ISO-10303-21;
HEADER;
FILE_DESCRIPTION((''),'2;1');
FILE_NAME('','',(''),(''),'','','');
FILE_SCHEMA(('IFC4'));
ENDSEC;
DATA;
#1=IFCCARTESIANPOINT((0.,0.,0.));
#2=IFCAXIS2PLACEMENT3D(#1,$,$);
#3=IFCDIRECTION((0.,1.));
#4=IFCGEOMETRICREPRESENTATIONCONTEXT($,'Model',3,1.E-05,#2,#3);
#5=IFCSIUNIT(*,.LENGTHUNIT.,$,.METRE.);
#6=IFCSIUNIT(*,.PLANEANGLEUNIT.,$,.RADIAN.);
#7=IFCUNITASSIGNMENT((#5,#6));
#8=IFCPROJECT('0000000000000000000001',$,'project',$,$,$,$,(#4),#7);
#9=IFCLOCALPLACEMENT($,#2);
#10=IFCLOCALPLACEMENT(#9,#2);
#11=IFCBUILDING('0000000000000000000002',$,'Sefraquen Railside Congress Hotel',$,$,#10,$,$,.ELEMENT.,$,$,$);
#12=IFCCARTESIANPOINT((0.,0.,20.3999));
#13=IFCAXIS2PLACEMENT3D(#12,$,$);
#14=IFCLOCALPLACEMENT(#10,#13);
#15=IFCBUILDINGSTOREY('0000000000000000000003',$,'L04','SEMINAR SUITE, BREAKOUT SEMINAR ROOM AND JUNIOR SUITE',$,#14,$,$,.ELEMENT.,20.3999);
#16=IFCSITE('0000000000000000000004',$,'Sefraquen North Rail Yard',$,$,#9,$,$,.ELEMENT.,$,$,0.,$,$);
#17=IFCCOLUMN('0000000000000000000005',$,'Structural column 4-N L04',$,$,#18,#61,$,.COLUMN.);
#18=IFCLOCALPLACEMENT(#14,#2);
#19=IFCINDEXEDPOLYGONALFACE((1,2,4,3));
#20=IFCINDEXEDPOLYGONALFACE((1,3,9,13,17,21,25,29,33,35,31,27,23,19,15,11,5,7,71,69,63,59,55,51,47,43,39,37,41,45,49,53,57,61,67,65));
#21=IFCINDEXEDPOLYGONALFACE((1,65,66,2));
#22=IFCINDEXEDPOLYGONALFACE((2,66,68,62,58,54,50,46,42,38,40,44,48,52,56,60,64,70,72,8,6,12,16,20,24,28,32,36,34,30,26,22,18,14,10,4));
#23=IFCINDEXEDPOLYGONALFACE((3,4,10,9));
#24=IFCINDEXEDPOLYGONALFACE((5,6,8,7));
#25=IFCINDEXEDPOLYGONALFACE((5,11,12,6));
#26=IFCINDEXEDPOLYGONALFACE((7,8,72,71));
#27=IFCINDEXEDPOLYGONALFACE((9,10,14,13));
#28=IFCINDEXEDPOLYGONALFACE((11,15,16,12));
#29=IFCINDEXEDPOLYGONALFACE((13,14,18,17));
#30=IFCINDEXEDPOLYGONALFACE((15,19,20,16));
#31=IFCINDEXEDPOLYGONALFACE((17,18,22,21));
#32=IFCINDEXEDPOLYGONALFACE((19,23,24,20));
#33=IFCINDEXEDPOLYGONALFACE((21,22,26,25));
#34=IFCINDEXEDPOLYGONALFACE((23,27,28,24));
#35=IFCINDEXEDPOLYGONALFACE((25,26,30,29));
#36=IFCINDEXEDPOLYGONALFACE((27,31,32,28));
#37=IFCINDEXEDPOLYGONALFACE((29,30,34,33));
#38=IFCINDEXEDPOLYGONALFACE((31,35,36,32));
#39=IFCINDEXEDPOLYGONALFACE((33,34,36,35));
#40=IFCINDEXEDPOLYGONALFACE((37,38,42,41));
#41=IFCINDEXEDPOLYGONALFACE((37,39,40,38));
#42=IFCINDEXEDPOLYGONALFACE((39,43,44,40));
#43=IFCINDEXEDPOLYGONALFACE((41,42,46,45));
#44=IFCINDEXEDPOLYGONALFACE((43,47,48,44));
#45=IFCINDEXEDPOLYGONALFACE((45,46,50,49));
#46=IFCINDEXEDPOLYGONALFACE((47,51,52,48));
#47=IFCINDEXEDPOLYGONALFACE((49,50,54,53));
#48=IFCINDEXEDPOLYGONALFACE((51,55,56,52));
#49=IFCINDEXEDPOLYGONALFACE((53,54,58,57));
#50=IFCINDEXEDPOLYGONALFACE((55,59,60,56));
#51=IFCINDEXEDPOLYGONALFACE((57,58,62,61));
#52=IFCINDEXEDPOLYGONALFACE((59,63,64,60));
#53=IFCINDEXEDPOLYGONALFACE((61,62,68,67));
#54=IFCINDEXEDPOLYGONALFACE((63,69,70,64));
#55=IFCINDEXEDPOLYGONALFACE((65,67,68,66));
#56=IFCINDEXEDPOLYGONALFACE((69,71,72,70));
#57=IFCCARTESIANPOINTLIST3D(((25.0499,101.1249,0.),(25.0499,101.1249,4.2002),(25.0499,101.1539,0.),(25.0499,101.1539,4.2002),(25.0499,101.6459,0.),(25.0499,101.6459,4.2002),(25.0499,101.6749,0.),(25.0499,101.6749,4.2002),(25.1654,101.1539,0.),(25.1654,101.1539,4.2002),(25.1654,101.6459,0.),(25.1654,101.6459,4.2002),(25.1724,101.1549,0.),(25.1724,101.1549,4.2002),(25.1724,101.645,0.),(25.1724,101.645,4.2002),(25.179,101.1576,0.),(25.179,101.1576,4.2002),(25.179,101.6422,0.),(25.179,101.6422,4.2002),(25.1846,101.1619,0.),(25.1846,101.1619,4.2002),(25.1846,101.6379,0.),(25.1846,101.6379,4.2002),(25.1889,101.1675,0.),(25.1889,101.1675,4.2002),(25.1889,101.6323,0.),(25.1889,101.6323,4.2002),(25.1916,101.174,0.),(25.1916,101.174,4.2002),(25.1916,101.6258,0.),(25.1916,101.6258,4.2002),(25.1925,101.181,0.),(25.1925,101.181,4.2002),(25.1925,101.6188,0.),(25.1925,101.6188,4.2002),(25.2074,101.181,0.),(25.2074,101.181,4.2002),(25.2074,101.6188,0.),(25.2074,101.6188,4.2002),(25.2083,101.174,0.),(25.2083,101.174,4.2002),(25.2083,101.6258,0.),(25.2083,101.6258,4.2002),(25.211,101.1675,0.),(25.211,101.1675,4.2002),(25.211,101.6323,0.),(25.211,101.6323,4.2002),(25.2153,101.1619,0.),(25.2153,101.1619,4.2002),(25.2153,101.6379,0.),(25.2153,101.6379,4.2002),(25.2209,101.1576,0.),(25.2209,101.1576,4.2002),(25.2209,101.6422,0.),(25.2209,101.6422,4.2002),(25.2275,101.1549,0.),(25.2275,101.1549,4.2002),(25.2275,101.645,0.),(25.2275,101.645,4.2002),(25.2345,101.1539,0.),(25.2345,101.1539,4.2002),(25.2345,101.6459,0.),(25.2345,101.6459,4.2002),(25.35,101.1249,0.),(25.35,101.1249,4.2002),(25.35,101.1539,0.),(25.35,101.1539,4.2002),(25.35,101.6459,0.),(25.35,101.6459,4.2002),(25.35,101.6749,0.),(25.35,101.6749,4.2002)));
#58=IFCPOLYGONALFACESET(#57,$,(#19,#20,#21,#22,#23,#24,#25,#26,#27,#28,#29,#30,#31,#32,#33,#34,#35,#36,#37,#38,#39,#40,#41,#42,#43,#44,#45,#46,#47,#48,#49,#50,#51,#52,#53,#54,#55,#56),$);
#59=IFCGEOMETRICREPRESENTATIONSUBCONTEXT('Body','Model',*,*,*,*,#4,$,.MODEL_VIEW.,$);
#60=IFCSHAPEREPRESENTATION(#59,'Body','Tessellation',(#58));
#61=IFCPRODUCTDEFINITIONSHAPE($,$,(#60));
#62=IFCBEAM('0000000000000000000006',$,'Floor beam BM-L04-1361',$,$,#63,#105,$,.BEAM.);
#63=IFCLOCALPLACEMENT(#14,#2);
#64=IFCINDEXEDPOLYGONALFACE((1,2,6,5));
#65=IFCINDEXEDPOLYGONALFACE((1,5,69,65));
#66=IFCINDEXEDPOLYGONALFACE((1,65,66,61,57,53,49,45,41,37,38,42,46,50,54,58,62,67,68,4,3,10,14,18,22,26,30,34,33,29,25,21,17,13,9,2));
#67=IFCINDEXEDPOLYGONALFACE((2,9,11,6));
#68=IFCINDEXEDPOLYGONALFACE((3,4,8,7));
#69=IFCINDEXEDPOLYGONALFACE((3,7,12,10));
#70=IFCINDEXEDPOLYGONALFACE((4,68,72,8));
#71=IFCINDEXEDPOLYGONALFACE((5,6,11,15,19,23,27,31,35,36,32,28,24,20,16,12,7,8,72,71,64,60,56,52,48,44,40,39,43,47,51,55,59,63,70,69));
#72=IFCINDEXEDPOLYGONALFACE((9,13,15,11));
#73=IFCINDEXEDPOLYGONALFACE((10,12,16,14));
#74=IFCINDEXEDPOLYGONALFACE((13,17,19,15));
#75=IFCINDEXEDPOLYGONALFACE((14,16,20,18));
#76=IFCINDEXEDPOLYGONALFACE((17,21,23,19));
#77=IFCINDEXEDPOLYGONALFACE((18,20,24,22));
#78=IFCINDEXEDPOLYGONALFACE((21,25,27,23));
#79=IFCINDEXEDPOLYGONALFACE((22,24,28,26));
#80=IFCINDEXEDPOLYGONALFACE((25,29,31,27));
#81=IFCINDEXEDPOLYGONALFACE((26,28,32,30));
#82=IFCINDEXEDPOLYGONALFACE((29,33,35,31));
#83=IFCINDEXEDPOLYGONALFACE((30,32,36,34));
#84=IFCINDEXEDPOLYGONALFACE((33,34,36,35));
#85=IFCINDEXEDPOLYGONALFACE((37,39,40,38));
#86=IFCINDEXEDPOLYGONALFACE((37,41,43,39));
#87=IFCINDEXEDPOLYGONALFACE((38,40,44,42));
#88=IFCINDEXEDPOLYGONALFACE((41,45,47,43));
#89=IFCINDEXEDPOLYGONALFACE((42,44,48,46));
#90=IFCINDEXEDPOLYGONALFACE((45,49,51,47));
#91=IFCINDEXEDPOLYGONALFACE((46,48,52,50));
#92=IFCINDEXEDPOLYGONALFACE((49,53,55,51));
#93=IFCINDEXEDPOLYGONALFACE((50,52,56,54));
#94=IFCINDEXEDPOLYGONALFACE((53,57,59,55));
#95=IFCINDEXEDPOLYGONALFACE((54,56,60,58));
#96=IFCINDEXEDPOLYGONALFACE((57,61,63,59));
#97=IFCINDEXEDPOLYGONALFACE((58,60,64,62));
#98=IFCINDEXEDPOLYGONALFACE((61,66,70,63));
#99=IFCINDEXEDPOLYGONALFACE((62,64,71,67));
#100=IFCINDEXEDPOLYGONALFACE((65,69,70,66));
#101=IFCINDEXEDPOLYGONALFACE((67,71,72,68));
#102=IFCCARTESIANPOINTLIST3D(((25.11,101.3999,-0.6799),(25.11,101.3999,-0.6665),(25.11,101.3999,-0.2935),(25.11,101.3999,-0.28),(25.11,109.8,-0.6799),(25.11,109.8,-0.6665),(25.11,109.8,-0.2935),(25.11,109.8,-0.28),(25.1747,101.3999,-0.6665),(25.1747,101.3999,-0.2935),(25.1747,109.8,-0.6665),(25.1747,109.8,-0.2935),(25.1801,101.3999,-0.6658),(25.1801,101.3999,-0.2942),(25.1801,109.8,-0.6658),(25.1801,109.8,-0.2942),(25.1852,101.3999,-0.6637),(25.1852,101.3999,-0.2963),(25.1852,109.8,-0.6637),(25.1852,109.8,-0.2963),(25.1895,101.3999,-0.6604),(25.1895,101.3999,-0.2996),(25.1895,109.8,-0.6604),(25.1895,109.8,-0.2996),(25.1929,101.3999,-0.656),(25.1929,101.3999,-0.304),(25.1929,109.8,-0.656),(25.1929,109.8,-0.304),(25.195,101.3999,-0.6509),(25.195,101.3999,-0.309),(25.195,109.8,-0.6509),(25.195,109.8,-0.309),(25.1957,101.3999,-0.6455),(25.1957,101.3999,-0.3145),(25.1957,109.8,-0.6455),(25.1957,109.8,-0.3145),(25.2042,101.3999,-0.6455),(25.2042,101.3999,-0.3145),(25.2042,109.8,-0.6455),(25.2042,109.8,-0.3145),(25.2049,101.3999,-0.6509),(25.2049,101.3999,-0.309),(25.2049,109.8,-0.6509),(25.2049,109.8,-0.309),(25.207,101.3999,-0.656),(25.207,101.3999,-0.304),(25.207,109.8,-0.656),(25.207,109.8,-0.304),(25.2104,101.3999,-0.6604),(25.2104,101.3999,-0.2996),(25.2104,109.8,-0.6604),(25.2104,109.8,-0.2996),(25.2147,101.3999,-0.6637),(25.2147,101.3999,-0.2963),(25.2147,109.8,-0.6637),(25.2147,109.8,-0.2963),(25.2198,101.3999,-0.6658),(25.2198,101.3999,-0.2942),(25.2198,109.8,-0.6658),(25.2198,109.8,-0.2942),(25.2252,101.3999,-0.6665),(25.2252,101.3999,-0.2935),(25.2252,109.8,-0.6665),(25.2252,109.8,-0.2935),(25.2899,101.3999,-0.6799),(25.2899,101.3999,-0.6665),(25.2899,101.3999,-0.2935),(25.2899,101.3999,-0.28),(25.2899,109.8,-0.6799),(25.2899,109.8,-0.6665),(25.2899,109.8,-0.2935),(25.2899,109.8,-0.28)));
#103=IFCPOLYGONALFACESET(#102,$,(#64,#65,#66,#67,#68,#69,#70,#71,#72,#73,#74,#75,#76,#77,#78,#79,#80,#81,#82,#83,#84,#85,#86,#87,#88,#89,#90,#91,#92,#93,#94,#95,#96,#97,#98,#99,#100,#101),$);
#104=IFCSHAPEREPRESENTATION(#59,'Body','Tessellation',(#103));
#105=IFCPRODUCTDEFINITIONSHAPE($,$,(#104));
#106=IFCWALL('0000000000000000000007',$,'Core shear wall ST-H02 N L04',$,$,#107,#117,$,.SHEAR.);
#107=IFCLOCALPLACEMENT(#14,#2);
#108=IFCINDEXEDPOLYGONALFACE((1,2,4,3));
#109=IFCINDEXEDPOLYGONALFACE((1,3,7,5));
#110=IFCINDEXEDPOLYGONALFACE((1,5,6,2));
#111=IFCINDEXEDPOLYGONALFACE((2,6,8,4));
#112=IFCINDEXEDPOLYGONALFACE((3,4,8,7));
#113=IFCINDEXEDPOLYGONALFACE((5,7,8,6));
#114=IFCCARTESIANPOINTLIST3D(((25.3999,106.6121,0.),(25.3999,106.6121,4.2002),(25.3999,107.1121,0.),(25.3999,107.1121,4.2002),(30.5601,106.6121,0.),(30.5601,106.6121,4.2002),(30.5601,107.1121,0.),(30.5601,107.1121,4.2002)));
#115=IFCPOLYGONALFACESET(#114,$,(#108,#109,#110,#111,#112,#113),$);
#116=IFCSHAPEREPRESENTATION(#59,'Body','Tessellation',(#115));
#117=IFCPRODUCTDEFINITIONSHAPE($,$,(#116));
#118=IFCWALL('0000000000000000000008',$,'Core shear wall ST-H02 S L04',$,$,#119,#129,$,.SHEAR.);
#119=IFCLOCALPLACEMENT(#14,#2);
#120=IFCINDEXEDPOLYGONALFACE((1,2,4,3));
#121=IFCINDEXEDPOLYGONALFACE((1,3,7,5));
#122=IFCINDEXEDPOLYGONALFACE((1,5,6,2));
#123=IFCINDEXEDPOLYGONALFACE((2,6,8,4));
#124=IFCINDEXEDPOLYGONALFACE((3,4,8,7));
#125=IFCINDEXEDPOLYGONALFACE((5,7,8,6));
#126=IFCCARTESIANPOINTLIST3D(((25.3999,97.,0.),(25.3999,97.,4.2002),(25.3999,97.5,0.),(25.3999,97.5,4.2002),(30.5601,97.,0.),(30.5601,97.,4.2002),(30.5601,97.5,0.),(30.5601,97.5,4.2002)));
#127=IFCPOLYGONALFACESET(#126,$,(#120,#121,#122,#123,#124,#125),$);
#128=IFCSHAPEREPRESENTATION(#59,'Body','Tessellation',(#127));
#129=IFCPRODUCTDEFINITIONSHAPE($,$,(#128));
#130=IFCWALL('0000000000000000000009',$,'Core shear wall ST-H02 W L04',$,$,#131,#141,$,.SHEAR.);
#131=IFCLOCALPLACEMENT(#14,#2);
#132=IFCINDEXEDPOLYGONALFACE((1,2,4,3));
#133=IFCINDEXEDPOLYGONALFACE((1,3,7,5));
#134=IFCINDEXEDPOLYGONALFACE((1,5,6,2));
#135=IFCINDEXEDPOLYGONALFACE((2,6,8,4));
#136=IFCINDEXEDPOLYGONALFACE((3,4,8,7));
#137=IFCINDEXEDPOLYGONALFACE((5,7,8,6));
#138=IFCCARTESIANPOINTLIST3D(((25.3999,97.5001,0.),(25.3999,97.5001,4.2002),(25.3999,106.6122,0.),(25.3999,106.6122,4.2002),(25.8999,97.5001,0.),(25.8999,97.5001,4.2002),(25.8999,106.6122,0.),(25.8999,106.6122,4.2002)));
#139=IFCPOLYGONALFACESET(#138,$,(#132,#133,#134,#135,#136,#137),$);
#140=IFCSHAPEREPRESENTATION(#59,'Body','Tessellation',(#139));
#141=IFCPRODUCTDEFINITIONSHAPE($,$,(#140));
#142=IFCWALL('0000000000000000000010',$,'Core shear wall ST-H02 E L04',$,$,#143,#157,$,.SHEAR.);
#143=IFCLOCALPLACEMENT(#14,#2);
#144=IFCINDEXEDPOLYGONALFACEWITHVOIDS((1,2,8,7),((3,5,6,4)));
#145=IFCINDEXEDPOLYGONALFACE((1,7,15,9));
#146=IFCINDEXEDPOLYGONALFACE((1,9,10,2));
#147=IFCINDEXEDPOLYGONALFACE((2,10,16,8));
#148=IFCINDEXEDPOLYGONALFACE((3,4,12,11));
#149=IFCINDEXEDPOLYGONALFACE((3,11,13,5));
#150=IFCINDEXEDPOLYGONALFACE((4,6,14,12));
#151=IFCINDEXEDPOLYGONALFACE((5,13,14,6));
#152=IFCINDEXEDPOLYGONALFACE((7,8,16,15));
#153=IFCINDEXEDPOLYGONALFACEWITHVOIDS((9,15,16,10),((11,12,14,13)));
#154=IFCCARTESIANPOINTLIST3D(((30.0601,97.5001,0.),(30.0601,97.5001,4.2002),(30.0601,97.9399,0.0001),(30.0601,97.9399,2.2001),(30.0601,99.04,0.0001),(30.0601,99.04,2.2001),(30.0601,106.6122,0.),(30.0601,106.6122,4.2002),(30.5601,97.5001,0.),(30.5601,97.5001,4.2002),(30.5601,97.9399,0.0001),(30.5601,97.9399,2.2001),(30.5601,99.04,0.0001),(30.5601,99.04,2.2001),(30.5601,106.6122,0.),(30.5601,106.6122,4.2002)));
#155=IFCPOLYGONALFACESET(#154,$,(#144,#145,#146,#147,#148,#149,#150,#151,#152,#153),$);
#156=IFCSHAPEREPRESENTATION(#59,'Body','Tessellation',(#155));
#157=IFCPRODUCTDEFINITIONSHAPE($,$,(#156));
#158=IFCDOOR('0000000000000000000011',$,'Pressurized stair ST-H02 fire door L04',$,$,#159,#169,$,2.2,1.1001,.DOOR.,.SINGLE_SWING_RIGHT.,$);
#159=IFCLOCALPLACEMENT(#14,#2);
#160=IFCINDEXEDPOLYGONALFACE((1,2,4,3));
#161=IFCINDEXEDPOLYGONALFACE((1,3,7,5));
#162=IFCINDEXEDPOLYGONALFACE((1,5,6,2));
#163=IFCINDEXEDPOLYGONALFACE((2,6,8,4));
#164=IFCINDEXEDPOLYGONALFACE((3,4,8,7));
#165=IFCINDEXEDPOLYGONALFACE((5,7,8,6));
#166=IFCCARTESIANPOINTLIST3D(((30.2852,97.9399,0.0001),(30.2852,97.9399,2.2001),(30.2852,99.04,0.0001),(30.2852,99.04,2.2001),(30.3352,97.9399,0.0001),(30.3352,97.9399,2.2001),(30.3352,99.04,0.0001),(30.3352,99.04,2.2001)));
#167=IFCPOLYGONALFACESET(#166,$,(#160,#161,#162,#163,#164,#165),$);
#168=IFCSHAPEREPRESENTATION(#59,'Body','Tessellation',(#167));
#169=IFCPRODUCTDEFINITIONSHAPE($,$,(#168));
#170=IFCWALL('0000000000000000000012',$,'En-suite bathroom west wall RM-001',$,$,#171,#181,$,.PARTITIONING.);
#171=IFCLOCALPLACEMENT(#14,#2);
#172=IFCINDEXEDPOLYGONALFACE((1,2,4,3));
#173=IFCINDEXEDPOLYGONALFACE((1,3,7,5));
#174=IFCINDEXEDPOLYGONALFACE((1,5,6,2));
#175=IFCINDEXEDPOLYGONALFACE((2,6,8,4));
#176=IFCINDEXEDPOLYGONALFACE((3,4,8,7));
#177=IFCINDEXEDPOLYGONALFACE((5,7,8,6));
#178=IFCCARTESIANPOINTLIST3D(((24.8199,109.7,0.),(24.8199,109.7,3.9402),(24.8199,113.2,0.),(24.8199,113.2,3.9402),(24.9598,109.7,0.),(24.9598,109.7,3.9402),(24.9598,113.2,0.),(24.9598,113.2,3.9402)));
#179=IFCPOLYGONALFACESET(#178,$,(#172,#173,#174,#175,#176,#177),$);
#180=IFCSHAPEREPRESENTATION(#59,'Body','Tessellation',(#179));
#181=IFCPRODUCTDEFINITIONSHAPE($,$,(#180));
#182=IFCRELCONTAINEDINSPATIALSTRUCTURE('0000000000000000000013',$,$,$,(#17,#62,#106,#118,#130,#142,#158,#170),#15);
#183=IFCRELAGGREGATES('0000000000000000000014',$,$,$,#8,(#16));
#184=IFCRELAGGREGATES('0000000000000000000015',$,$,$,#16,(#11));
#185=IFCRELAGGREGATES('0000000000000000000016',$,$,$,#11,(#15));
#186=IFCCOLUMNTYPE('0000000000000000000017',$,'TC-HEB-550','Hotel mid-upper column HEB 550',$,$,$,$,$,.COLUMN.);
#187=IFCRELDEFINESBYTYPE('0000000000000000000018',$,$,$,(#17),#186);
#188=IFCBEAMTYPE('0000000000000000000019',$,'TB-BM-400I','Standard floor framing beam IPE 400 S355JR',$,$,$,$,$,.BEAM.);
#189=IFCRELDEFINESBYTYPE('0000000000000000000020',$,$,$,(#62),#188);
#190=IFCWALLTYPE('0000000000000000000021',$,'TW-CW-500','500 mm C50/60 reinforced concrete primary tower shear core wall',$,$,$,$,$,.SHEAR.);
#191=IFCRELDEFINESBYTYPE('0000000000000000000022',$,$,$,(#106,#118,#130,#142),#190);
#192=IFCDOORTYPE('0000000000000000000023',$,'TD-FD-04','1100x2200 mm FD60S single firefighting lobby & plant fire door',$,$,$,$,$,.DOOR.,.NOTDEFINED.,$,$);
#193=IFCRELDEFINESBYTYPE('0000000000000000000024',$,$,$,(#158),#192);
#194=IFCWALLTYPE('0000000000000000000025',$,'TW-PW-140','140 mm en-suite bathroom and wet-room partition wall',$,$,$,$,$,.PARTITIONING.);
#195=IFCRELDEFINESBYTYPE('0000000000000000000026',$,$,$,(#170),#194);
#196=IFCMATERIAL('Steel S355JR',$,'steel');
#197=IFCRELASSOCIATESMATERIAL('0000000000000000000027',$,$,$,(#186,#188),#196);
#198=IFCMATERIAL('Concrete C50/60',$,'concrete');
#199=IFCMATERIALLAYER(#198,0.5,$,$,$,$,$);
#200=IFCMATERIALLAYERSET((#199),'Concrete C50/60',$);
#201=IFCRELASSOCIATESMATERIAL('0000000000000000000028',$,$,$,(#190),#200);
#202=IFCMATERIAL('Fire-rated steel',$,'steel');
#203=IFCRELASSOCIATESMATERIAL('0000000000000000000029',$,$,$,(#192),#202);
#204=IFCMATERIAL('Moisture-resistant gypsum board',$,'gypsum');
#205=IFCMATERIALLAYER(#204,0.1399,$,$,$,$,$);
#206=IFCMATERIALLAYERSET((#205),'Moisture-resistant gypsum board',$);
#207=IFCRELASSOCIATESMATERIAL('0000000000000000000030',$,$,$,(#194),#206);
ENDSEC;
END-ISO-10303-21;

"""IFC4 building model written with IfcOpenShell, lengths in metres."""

from ifc_helpers import new_model, si_unit, direction, frame, frame_2d, origin, origin_2d, place, context, subcontext, project, spatial, rectangle, i_section, extrude, material, layer, layer_set, material_profile, profile_set, type_object, element, fill, save


model = new_model("IFC4")

# Units and contexts
model_context = context("Model", 3, precision=1e-05, world=origin(), true_north=direction((0.0, 1.0)))
body_context = subcontext(model_context, "Body", "Model", "MODEL_VIEW")
ifc_project = project(units=[si_unit("LENGTHUNIT", "METRE"), si_unit("PLANEANGLEUNIT", "RADIAN")], contexts=[model_context])

# Site, building, storey
site_placement = place(None, origin())
site = spatial("IfcSite", under=ifc_project, at=site_placement, Name="Sefraquen North Rail Yard", CompositionType="ELEMENT", RefElevation=0.0)
building_placement = place(site_placement, origin())
building = spatial("IfcBuilding", under=site, at=building_placement, Name="Sefraquen Railside Congress Hotel", CompositionType="ELEMENT")
storey_placement = place(building_placement, frame((0.0, 0.0, 20.3999)))
storey = spatial("IfcBuildingStorey", under=building, at=storey_placement, Name="L04", Description="SEMINAR SUITE, BREAKOUT SEMINAR ROOM AND JUNIOR SUITE", CompositionType="ELEMENT", Elevation=20.3999)

# Column
ifc_material_1 = material(Name="Steel S355JR", Category="steel")
ifc_material_profile_1 = material_profile(ifc_material_1, i_section(OverallWidth=0.3, OverallDepth=0.55, WebThickness=0.0149, FlangeThickness=0.0291, FilletRadius=0.0271, at=origin_2d()), Name="HEB 550")
ifc_profile_set_1 = profile_set([ifc_material_profile_1], Name="Steel S355JR")
column_type = type_object("IfcColumnType", Name="TC-HEB-550", Description="Hotel mid-upper column HEB 550", PredefinedType="COLUMN", material=ifc_profile_set_1)
column_placement = place(storey_placement, frame((25.2, 101.3999, 0.0), z_axis=(0.0, 0.0, 1.0), x_axis=(1.0, 0.0, 0.0)))
element("IfcColumn", 1, at=column_placement, inside=storey, type_object=column_type, Name="Structural column 4-N L04", PredefinedType="COLUMN", context=body_context, shape_type="SweptSolid", body=[
    extrude(i_section(OverallWidth=0.3, OverallDepth=0.55, WebThickness=0.0149, FlangeThickness=0.0291, FilletRadius=0.0271, at=origin_2d()), origin(), (0.0, 0.0, 1.0), 4.2002),
])

# Beam
ifc_material_profile_2 = material_profile(ifc_material_1, i_section(OverallWidth=0.1799, OverallDepth=0.3999, WebThickness=0.0085, FlangeThickness=0.0134, FilletRadius=0.021, at=origin_2d()), Name="IPE 400")
ifc_profile_set_2 = profile_set([ifc_material_profile_2], Name="Steel S355JR")
beam_type = type_object("IfcBeamType", Name="TB-BM-400I", Description="Standard floor framing beam IPE 400 S355JR", PredefinedType="BEAM", material=ifc_profile_set_2)
beam_placement = place(storey_placement, frame((25.2, 101.3999, -0.48), z_axis=(0.0, 1.0, 0.0), x_axis=(-1.0, 0.0, 0.0)))
element("IfcBeam", 2, at=beam_placement, inside=storey, type_object=beam_type, Name="Floor beam BM-L04-1361", PredefinedType="BEAM", context=body_context, shape_type="SweptSolid", body=[
    extrude(i_section(OverallWidth=0.1799, OverallDepth=0.3999, WebThickness=0.0085, FlangeThickness=0.0134, FilletRadius=0.021, at=origin_2d()), origin(), (0.0, 0.0, 1.0), 8.4001),
])

# Walls
ifc_material_2 = material(Name="Concrete C50/60", Category="concrete")
ifc_layer_1 = layer(ifc_material_2, 0.5)
ifc_layer_set_1 = layer_set([ifc_layer_1], Name="Concrete C50/60")
wall_type_1 = type_object("IfcWallType", Name="TW-CW-500", Description="500 mm C50/60 reinforced concrete primary tower shear core wall", PredefinedType="SHEAR", material=ifc_layer_set_1)
for number, where, z_axis, x_axis, name in (
    (3, (25.3999, 106.8621, 0.0), (0.0, 0.0, 1.0), (1.0, 0.0, 0.0), "Core shear wall ST-H02 N L04"),
    (4, (25.3999, 97.25, 0.0), (0.0, 0.0, 1.0), (1.0, 0.0, 0.0), "Core shear wall ST-H02 S L04"),
):
    element("IfcWall", number, at=place(storey_placement, frame(where, z_axis=z_axis, x_axis=x_axis)), inside=storey, type_object=wall_type_1, Name=name, PredefinedType="SHEAR", context=body_context, shape_type="SweptSolid", body=[
        extrude(rectangle(XDim=5.1602, YDim=0.5, at=frame_2d((2.5801, 0.0))), origin(), (0.0, 0.0, 1.0), 4.2002),
    ])
wall_1_placement = place(storey_placement, frame((25.6499, 97.5, 0.0), z_axis=(0.0, 0.0, 1.0), x_axis=(0.0, 1.0, 0.0)))
element("IfcWall", 5, at=wall_1_placement, inside=storey, type_object=wall_type_1, Name="Core shear wall ST-H02 W L04", PredefinedType="SHEAR", context=body_context, shape_type="SweptSolid", body=[
    extrude(rectangle(XDim=9.1121, YDim=0.5, at=frame_2d((4.5562, 0.0))), origin(), (0.0, 0.0, 1.0), 4.2002),
])

# Wall, opening, door
wall_2_placement = place(storey_placement, frame((30.3101, 97.5, 0.0), z_axis=(0.0, 0.0, 1.0), x_axis=(0.0, 1.0, 0.0)))
wall_2 = element("IfcWall", 6, at=wall_2_placement, inside=storey, type_object=wall_type_1, Name="Core shear wall ST-H02 E L04", PredefinedType="SHEAR", context=body_context, shape_type="SweptSolid", body=[
    extrude(rectangle(XDim=9.1121, YDim=0.5, at=frame_2d((4.5562, 0.0))), origin(), (0.0, 0.0, 1.0), 4.2002),
])
opening_placement = place(wall_2_placement, frame((0.4399, 0.0, 0.0)))
opening = element("IfcOpeningElement", 7, at=opening_placement, cuts=wall_2, PredefinedType="OPENING", context=body_context, shape_type="SweptSolid", body=[
    extrude(rectangle(XDim=1.1001, YDim=2.2, at=frame_2d((0.55, 1.1001))), frame((0.0, 0.26, 0.0), z_axis=(0.0, -1.0, 0.0), x_axis=(1.0, 0.0, 0.0)), (0.0, 0.0, 1.0), 0.52),
])
ifc_material_3 = material(Name="Fire-rated steel", Category="steel")
door_type = type_object("IfcDoorType", Name="TD-FD-04", Description="1100x2200 mm FD60S single firefighting lobby & plant fire door", OperationType="NOTDEFINED", PredefinedType="DOOR", material=ifc_material_3)
door_placement = place(opening_placement, origin())
door = element("IfcDoor", 8, at=door_placement, inside=storey, type_object=door_type, Name="Pressurized stair ST-H02 fire door L04", OperationType="SINGLE_SWING_RIGHT", OverallHeight=2.2, OverallWidth=1.1001, PredefinedType="DOOR", context=body_context, shape_type="SweptSolid", body=[
    extrude(rectangle(XDim=1.1001, YDim=2.2, at=frame_2d((0.55, 1.1001))), frame((0.0, 0.0249, 0.0), z_axis=(0.0, -1.0, 0.0), x_axis=(1.0, 0.0, 0.0)), (0.0, 0.0, 1.0), 0.05),
])
fill(opening, door)

# Wall
ifc_material_4 = material(Name="Moisture-resistant gypsum board", Category="gypsum")
ifc_layer_2 = layer(ifc_material_4, 0.1399)
ifc_layer_set_2 = layer_set([ifc_layer_2], Name="Moisture-resistant gypsum board")
wall_type_2 = type_object("IfcWallType", Name="TW-PW-140", Description="140 mm en-suite bathroom and wet-room partition wall", PredefinedType="PARTITIONING", material=ifc_layer_set_2)
wall_3_placement = place(storey_placement, frame((24.8899, 109.7, 0.0), z_axis=(0.0, 0.0, 1.0), x_axis=(0.0, 1.0, 0.0)))
element("IfcWall", 9, at=wall_3_placement, inside=storey, type_object=wall_type_2, Name="En-suite bathroom west wall RM-001", PredefinedType="PARTITIONING", context=body_context, shape_type="SweptSolid", body=[
    extrude(rectangle(XDim=3.5, YDim=0.1399, at=frame_2d((1.75, 0.0))), origin(), (0.0, 0.0, 1.0), 3.9402),
])

save(model, "model.ifc")
